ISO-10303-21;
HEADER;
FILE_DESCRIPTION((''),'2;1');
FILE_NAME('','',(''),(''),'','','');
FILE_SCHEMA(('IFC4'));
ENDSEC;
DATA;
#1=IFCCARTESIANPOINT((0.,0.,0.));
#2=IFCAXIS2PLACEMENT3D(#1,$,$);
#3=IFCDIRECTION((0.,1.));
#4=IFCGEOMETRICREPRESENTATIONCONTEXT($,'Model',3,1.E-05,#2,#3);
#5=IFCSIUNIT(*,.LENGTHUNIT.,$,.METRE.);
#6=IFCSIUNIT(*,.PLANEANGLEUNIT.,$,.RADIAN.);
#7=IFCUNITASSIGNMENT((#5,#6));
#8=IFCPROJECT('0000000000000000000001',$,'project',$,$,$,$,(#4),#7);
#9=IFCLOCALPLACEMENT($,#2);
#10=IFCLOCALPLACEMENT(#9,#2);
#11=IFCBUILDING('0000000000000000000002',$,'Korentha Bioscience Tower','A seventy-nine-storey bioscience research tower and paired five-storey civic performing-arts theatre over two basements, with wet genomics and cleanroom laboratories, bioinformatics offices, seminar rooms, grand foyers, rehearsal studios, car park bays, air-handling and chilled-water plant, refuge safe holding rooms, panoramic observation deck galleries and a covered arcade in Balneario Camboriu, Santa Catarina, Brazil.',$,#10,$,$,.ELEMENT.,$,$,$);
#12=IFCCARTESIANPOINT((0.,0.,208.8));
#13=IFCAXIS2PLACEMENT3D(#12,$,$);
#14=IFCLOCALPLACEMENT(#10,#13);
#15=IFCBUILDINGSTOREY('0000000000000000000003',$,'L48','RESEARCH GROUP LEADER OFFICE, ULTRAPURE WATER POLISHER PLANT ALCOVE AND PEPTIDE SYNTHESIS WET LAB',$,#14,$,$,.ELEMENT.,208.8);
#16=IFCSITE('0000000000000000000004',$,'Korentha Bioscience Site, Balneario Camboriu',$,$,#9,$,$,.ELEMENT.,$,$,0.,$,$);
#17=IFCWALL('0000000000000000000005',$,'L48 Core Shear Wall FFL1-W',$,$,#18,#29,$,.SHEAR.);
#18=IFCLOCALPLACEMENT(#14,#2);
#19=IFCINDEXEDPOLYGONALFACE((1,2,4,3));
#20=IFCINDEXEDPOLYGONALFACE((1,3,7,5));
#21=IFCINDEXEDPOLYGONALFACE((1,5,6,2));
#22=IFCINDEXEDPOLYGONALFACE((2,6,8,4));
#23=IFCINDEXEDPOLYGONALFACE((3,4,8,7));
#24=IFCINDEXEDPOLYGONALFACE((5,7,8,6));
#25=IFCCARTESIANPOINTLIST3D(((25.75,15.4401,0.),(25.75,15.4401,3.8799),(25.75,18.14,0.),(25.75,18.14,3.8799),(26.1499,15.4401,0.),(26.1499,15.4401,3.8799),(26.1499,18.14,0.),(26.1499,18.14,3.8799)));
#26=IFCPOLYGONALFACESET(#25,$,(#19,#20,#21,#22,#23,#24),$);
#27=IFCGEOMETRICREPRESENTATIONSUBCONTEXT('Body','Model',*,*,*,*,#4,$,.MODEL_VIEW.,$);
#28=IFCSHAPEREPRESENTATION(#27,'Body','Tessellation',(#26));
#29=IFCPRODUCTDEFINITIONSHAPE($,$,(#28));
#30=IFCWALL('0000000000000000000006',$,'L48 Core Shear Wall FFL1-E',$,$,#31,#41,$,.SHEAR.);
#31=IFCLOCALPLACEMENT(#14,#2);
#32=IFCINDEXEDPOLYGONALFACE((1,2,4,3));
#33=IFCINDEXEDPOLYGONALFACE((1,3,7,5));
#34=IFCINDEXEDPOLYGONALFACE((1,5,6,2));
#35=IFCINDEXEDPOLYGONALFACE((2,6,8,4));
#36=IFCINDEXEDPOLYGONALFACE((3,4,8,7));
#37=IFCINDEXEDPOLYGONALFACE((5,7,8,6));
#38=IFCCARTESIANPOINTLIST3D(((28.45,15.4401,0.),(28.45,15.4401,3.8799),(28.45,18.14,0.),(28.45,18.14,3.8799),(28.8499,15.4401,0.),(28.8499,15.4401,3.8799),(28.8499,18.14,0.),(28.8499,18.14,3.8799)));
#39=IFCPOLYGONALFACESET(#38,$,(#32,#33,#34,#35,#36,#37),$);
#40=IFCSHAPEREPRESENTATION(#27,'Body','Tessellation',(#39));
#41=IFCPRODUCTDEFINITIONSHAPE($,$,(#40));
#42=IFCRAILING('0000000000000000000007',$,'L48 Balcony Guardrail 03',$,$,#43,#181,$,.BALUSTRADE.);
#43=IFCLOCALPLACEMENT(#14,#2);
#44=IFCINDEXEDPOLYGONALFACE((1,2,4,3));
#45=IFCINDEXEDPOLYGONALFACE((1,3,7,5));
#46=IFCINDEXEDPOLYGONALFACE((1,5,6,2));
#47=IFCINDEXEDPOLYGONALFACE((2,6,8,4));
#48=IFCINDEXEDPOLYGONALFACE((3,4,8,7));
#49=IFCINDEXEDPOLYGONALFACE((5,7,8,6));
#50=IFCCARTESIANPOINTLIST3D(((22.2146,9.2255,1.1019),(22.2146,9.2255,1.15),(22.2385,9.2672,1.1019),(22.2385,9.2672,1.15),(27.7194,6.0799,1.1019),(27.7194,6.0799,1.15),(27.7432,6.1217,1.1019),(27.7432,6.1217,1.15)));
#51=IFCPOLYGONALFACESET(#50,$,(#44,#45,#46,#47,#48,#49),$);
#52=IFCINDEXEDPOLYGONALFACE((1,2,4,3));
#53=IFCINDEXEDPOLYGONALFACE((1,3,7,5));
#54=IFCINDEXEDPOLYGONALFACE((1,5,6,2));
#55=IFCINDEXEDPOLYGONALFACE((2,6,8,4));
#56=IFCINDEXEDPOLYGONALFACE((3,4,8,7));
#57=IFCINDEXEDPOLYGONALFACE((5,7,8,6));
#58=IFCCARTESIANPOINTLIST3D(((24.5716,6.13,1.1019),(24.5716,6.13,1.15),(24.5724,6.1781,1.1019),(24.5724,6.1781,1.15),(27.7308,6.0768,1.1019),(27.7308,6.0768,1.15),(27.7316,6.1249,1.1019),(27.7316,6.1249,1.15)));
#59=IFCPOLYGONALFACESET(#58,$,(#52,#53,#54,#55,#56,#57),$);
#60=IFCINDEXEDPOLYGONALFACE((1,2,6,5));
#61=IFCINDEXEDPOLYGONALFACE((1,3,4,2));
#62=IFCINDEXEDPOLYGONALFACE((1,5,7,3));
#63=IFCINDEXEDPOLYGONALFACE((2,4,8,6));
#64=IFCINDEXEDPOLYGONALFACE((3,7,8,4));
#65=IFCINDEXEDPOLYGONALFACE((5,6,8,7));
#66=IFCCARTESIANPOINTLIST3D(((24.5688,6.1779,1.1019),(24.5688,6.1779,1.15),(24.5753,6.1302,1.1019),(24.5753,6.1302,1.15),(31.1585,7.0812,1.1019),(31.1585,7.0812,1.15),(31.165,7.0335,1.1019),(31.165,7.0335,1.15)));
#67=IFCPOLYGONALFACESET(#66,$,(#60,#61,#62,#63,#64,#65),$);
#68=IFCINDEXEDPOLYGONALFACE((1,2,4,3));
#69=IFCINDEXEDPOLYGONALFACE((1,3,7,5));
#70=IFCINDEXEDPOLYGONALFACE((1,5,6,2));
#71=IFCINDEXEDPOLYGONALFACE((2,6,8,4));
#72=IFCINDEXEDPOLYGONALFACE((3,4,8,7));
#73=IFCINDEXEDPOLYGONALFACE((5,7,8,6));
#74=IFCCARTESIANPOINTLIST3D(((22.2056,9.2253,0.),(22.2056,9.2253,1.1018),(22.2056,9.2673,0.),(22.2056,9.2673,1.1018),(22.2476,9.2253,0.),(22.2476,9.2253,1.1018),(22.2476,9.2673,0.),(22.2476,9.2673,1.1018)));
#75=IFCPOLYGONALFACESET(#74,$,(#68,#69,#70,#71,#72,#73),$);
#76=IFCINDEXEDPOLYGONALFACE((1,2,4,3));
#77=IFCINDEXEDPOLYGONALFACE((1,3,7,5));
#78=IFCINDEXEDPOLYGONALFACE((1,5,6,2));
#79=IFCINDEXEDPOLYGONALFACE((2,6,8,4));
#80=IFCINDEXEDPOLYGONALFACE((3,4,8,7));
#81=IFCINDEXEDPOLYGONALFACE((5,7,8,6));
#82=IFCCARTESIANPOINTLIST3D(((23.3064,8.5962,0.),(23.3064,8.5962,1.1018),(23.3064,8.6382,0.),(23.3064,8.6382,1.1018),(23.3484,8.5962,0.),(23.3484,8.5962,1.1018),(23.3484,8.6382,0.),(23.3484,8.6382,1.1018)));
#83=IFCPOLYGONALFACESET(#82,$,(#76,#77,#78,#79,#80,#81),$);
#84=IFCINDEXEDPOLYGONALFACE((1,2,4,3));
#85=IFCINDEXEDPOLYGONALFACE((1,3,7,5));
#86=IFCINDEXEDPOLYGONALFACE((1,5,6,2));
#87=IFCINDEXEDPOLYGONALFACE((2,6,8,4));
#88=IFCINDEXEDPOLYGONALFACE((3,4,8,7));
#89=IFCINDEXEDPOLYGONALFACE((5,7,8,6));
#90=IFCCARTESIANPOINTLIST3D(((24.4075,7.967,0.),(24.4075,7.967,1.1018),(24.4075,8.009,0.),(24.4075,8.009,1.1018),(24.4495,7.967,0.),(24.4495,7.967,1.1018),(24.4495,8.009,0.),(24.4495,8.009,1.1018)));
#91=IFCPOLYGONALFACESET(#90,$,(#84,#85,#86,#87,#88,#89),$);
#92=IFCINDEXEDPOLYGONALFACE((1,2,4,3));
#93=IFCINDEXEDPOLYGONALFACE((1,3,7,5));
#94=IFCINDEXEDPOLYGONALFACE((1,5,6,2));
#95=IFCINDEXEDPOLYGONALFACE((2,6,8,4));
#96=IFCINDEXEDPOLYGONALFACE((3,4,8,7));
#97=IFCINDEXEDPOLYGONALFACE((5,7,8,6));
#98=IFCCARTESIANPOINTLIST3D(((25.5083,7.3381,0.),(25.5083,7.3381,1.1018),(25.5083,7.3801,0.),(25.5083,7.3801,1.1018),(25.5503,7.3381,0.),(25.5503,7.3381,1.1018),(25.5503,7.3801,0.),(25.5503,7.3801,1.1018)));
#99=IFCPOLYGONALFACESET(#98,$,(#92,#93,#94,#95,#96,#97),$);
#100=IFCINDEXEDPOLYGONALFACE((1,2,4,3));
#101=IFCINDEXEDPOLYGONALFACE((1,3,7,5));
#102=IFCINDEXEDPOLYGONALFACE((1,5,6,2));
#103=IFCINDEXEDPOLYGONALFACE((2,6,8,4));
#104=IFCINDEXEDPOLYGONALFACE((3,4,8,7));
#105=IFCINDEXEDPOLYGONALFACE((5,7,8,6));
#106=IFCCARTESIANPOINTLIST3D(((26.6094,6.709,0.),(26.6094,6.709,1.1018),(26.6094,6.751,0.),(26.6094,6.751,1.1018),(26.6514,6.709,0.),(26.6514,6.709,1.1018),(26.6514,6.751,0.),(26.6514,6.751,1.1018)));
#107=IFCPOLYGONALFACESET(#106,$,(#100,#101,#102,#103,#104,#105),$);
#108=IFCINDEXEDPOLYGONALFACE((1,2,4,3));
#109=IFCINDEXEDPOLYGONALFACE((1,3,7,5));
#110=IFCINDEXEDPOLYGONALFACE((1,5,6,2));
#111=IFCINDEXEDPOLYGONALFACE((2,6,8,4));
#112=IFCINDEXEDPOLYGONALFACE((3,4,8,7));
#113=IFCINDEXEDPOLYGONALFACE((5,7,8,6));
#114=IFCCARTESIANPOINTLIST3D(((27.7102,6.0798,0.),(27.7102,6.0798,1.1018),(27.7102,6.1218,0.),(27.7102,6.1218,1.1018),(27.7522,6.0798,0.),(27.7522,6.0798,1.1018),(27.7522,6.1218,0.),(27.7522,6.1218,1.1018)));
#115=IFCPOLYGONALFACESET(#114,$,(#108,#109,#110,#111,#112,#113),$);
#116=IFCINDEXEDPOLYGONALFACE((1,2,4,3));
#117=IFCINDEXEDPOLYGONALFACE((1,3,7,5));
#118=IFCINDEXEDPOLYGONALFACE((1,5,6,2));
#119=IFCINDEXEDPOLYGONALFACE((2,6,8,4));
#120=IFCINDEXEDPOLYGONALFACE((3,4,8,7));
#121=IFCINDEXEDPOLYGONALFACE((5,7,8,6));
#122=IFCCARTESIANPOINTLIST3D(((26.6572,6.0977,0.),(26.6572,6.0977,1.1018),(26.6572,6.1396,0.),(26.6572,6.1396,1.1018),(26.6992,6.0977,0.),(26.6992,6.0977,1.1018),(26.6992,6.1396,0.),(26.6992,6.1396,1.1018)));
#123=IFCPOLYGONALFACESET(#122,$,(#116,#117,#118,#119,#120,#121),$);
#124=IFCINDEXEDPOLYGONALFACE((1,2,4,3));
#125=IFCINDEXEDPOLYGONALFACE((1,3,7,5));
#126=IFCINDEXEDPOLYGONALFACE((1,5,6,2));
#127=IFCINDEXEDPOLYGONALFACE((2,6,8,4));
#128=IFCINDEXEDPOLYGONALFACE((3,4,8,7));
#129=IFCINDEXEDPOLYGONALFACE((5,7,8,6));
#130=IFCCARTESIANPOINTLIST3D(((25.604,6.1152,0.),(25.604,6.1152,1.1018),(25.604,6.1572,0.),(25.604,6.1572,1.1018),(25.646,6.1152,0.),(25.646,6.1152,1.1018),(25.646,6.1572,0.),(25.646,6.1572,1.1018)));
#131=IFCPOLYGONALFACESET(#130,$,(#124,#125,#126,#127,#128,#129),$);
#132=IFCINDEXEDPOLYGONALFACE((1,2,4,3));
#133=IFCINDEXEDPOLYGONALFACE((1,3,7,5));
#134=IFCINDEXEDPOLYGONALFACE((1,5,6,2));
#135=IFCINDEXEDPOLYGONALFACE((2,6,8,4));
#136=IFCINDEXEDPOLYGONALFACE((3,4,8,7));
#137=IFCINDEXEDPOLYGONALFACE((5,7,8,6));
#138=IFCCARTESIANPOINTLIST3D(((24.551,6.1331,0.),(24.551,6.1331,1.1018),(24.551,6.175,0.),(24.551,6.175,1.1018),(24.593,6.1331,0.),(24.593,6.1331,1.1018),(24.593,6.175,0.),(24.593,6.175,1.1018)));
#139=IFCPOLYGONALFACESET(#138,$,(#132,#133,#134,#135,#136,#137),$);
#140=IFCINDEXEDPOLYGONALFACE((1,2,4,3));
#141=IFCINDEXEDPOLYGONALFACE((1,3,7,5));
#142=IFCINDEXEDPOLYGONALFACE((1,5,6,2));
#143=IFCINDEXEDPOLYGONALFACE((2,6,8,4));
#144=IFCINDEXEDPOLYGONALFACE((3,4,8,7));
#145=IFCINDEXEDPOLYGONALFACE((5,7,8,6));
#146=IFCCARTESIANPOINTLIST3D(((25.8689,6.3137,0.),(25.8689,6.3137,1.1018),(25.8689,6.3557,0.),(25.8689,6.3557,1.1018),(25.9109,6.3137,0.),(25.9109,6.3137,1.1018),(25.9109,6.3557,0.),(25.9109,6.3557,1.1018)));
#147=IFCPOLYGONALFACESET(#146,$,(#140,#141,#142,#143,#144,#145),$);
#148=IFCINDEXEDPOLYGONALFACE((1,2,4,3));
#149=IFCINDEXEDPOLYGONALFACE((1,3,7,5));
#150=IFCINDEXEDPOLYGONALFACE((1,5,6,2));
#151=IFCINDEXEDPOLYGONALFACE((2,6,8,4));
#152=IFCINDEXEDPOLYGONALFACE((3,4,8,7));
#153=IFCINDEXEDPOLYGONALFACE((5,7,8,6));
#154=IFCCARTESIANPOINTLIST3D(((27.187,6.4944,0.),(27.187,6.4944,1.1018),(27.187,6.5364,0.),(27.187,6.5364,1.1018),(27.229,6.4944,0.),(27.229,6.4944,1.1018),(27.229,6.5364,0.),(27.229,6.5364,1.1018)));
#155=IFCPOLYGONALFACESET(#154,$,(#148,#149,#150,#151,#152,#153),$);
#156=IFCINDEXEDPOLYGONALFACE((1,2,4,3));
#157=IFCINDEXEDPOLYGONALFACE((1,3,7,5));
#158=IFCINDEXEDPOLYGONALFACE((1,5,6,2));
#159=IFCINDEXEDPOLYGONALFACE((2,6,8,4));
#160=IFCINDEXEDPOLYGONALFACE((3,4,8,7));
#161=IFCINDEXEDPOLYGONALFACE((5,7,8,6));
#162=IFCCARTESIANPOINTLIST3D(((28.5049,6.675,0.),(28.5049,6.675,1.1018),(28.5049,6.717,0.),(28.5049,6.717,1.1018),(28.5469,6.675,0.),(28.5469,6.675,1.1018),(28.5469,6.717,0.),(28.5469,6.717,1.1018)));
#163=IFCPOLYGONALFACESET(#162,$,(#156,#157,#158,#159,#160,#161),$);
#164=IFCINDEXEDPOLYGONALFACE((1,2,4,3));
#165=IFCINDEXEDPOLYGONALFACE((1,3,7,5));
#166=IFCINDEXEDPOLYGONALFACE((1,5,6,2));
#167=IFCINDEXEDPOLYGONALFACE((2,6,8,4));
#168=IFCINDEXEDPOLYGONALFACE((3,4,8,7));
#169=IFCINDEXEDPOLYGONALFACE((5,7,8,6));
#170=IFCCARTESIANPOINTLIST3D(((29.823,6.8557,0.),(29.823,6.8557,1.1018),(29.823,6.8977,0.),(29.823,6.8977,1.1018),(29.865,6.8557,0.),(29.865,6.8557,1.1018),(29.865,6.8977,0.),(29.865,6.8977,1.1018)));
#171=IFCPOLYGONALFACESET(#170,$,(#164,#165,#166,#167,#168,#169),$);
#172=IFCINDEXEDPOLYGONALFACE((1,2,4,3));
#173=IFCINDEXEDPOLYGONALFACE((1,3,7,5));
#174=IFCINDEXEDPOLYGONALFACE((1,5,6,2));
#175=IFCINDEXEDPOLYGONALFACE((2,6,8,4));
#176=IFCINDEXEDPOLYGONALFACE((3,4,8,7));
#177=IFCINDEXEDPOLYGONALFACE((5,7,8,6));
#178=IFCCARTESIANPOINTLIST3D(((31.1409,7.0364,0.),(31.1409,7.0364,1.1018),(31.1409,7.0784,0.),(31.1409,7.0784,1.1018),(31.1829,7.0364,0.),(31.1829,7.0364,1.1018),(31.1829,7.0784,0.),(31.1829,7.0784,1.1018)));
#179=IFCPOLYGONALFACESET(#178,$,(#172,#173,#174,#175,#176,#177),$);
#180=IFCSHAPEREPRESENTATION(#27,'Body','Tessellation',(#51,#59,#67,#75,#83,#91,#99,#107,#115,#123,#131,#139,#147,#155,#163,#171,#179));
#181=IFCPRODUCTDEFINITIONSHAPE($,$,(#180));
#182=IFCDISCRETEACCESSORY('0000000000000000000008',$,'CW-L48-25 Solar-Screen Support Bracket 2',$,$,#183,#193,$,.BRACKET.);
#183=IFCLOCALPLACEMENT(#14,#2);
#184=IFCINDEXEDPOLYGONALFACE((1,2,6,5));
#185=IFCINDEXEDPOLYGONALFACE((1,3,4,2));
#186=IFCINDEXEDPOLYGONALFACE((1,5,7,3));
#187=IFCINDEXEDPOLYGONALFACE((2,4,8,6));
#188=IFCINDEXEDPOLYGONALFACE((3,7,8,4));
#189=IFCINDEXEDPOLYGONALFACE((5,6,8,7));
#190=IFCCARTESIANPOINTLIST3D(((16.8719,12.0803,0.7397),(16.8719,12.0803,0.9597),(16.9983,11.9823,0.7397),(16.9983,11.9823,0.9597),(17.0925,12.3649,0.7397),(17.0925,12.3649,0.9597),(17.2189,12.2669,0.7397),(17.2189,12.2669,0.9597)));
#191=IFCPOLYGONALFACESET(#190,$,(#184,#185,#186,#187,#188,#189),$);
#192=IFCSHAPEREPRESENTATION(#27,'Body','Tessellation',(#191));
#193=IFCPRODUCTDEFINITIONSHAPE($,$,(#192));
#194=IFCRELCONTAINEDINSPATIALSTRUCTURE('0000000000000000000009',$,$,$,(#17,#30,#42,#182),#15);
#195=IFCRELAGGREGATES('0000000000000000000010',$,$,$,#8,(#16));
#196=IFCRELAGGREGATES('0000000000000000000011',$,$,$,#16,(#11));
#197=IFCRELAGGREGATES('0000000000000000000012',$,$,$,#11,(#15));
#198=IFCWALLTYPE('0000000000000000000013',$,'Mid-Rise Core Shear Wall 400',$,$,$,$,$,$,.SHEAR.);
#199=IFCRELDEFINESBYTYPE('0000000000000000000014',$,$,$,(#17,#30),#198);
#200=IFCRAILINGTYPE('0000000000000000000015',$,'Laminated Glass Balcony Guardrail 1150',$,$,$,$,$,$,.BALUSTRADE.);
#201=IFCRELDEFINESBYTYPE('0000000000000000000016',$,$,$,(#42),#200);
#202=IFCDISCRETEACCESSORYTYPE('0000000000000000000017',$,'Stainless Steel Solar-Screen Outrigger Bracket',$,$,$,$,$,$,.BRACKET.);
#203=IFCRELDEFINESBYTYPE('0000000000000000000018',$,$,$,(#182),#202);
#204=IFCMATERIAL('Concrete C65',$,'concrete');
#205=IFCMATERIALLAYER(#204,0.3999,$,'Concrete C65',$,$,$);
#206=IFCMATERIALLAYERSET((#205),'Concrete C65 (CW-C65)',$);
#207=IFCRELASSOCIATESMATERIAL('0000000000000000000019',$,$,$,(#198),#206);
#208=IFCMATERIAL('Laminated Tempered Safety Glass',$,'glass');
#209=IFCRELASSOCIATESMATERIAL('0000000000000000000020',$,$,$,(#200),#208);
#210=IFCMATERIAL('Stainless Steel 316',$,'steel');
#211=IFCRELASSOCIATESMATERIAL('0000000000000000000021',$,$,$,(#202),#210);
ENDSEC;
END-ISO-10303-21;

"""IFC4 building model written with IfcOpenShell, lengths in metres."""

from ifc_helpers import new_model, si_unit, direction, frame, frame_2d, origin, origin_2d, place, context, subcontext, project, spatial, rectangle, extrude, material, layer, layer_set, type_object, element, save


model = new_model("IFC4")

# Units and contexts
model_context = context("Model", 3, precision=1e-05, world=origin(), true_north=direction((0.0, 1.0)))
body_context = subcontext(model_context, "Body", "Model", "MODEL_VIEW")
ifc_project = project(units=[si_unit("LENGTHUNIT", "METRE"), si_unit("PLANEANGLEUNIT", "RADIAN")], contexts=[model_context])

# Site, building, storey
site_placement = place(None, origin())
site = spatial("IfcSite", under=ifc_project, at=site_placement, Name="Korentha Bioscience Site, Balneario Camboriu", CompositionType="ELEMENT", RefElevation=0.0)
building_placement = place(site_placement, origin())
building = spatial("IfcBuilding", under=site, at=building_placement, Name="Korentha Bioscience Tower", Description="A seventy-nine-storey bioscience research tower and paired five-storey civic performing-arts theatre over two basements, with wet genomics and cleanroom laboratories, bioinformatics offices, seminar rooms, grand foyers, rehearsal studios, car park bays, air-handling and chilled-water plant, refuge safe holding rooms, panoramic observation deck galleries and a covered arcade in Balneario Camboriu, Santa Catarina, Brazil.", CompositionType="ELEMENT")
storey_placement = place(building_placement, frame((0.0, 0.0, 208.8)))
storey = spatial("IfcBuildingStorey", under=building, at=storey_placement, Name="L48", Description="RESEARCH GROUP LEADER OFFICE, ULTRAPURE WATER POLISHER PLANT ALCOVE AND PEPTIDE SYNTHESIS WET LAB", CompositionType="ELEMENT", Elevation=208.8)

# Shared definitions
ifc_material_1 = material(Name="Concrete C65", Category="concrete")

# Walls
ifc_layer_1 = layer(ifc_material_1, 0.3999, Name="Concrete C65")
ifc_layer_set_1 = layer_set([ifc_layer_1], Name="Concrete C65 (CW-C65)")
wall_type_1 = type_object("IfcWallType", Name="Mid-Rise Core Shear Wall 400", PredefinedType="SHEAR", material=ifc_layer_set_1)
for number, where, z_axis, x_axis, name in (
    (1, (25.95, 15.4399, 0.0), (0.0, 0.0, 1.0), (0.0, 1.0, 0.0), "L48 Core Shear Wall FFL1-W"),
    (2, (28.6499, 15.4399, 0.0), (0.0, 0.0, 1.0), (0.0, 1.0, 0.0), "L48 Core Shear Wall FFL1-E"),
):
    element("IfcWall", number, at=place(storey_placement, frame(where, z_axis=z_axis, x_axis=x_axis)), inside=storey, type_object=wall_type_1, Name=name, PredefinedType="SHEAR", context=body_context, shape_type="SweptSolid", body=[
        extrude(rectangle(XDim=2.7, YDim=0.3999, at=frame_2d((1.3501, 0.0))), origin(), (0.0, 0.0, 1.0), 3.8799),
    ])

# Railing
ifc_material_2 = material(Name="Laminated Tempered Safety Glass", Category="glass")
railing_type = type_object("IfcRailingType", Name="Laminated Glass Balcony Guardrail 1150", PredefinedType="BALUSTRADE", material=ifc_material_2)
railing_placement = place(storey_placement, frame((22.2266, 9.2463, 0.0)))
element("IfcRailing", 3, at=railing_placement, inside=storey, type_object=railing_type, Name="L48 Balcony Guardrail 03", PredefinedType="BALUSTRADE", context=body_context, shape_type="SweptSolid", body=[
    extrude(rectangle(XDim=0.0481, YDim=0.0481, at=origin_2d()), frame((0.0, 0.0, 1.126), z_axis=(0.868243, -0.496139, 0.0), x_axis=(0.496139, 0.868243, 0.0)), (0.0, 0.0, 1.0), 6.3401),
    extrude(rectangle(XDim=0.0481, YDim=0.0481, at=origin_2d()), frame((5.5046, -3.1455, 1.126), z_axis=(-0.999858, 0.016845, 0.0), x_axis=(-0.016845, -0.999858, 0.0)), (0.0, 0.0, 1.0), 3.1597),
    extrude(rectangle(XDim=0.0481, YDim=0.0481, at=origin_2d()), frame((2.3455, -3.0923, 1.126), z_axis=(0.990735, 0.135808, 0.0), x_axis=(-0.135808, 0.990735, 0.0)), (0.0, 0.0, 1.0), 6.6514),
    extrude(rectangle(XDim=0.042, YDim=0.042, at=origin_2d()), origin(), (0.0, 0.0, 1.0), 1.1018),
    extrude(rectangle(XDim=0.042, YDim=0.042, at=origin_2d()), frame((1.1008, -0.6292, 0.0)), (0.0, 0.0, 1.0), 1.1018),
    extrude(rectangle(XDim=0.042, YDim=0.042, at=origin_2d()), frame((2.2019, -1.2583, 0.0)), (0.0, 0.0, 1.0), 1.1018),
    extrude(rectangle(XDim=0.042, YDim=0.042, at=origin_2d()), frame((3.3027, -1.8872, 0.0)), (0.0, 0.0, 1.0), 1.1018),
    extrude(rectangle(XDim=0.042, YDim=0.042, at=origin_2d()), frame((4.4038, -2.5164, 0.0)), (0.0, 0.0, 1.0), 1.1018),
    extrude(rectangle(XDim=0.042, YDim=0.042, at=origin_2d()), frame((5.5046, -3.1455, 0.0)), (0.0, 0.0, 1.0), 1.1018),
    extrude(rectangle(XDim=0.042, YDim=0.042, at=origin_2d()), frame((4.4517, -3.1277, 0.0)), (0.0, 0.0, 1.0), 1.1018),
    extrude(rectangle(XDim=0.042, YDim=0.042, at=origin_2d()), frame((3.3984, -3.1101, 0.0)), (0.0, 0.0, 1.0), 1.1018),
    extrude(rectangle(XDim=0.042, YDim=0.042, at=origin_2d()), frame((2.3455, -3.0923, 0.0)), (0.0, 0.0, 1.0), 1.1018),
    extrude(rectangle(XDim=0.042, YDim=0.042, at=origin_2d()), frame((3.6633, -2.9116, 0.0)), (0.0, 0.0, 1.0), 1.1018),
    extrude(rectangle(XDim=0.042, YDim=0.042, at=origin_2d()), frame((4.9814, -2.731, 0.0)), (0.0, 0.0, 1.0), 1.1018),
    extrude(rectangle(XDim=0.042, YDim=0.042, at=origin_2d()), frame((6.2993, -2.5503, 0.0)), (0.0, 0.0, 1.0), 1.1018),
    extrude(rectangle(XDim=0.042, YDim=0.042, at=origin_2d()), frame((7.6174, -2.3696, 0.0)), (0.0, 0.0, 1.0), 1.1018),
    extrude(rectangle(XDim=0.042, YDim=0.042, at=origin_2d()), frame((8.9353, -2.189, 0.0)), (0.0, 0.0, 1.0), 1.1018),
])

# Discrete accessory
ifc_material_3 = material(Name="Stainless Steel 316", Category="steel")
discrete_accessory_type = type_object("IfcDiscreteAccessoryType", Name="Stainless Steel Solar-Screen Outrigger Bracket", PredefinedType="BRACKET", material=ifc_material_3)
discrete_accessory_placement = place(storey_placement, frame((17.0454, 12.1736, 0.7397), z_axis=(0.0, 0.0, 1.0), x_axis=(0.790346, -0.612661, 0.0)))
element("IfcDiscreteAccessory", 4, at=discrete_accessory_placement, inside=storey, type_object=discrete_accessory_type, Name="CW-L48-25 Solar-Screen Support Bracket 2", PredefinedType="BRACKET", context=body_context, shape_type="SweptSolid", body=[
    extrude(rectangle(XDim=0.1599, YDim=0.3601, at=origin_2d()), origin(), (0.0, 0.0, 1.0), 0.22),
])

save(model, "model.ifc")
